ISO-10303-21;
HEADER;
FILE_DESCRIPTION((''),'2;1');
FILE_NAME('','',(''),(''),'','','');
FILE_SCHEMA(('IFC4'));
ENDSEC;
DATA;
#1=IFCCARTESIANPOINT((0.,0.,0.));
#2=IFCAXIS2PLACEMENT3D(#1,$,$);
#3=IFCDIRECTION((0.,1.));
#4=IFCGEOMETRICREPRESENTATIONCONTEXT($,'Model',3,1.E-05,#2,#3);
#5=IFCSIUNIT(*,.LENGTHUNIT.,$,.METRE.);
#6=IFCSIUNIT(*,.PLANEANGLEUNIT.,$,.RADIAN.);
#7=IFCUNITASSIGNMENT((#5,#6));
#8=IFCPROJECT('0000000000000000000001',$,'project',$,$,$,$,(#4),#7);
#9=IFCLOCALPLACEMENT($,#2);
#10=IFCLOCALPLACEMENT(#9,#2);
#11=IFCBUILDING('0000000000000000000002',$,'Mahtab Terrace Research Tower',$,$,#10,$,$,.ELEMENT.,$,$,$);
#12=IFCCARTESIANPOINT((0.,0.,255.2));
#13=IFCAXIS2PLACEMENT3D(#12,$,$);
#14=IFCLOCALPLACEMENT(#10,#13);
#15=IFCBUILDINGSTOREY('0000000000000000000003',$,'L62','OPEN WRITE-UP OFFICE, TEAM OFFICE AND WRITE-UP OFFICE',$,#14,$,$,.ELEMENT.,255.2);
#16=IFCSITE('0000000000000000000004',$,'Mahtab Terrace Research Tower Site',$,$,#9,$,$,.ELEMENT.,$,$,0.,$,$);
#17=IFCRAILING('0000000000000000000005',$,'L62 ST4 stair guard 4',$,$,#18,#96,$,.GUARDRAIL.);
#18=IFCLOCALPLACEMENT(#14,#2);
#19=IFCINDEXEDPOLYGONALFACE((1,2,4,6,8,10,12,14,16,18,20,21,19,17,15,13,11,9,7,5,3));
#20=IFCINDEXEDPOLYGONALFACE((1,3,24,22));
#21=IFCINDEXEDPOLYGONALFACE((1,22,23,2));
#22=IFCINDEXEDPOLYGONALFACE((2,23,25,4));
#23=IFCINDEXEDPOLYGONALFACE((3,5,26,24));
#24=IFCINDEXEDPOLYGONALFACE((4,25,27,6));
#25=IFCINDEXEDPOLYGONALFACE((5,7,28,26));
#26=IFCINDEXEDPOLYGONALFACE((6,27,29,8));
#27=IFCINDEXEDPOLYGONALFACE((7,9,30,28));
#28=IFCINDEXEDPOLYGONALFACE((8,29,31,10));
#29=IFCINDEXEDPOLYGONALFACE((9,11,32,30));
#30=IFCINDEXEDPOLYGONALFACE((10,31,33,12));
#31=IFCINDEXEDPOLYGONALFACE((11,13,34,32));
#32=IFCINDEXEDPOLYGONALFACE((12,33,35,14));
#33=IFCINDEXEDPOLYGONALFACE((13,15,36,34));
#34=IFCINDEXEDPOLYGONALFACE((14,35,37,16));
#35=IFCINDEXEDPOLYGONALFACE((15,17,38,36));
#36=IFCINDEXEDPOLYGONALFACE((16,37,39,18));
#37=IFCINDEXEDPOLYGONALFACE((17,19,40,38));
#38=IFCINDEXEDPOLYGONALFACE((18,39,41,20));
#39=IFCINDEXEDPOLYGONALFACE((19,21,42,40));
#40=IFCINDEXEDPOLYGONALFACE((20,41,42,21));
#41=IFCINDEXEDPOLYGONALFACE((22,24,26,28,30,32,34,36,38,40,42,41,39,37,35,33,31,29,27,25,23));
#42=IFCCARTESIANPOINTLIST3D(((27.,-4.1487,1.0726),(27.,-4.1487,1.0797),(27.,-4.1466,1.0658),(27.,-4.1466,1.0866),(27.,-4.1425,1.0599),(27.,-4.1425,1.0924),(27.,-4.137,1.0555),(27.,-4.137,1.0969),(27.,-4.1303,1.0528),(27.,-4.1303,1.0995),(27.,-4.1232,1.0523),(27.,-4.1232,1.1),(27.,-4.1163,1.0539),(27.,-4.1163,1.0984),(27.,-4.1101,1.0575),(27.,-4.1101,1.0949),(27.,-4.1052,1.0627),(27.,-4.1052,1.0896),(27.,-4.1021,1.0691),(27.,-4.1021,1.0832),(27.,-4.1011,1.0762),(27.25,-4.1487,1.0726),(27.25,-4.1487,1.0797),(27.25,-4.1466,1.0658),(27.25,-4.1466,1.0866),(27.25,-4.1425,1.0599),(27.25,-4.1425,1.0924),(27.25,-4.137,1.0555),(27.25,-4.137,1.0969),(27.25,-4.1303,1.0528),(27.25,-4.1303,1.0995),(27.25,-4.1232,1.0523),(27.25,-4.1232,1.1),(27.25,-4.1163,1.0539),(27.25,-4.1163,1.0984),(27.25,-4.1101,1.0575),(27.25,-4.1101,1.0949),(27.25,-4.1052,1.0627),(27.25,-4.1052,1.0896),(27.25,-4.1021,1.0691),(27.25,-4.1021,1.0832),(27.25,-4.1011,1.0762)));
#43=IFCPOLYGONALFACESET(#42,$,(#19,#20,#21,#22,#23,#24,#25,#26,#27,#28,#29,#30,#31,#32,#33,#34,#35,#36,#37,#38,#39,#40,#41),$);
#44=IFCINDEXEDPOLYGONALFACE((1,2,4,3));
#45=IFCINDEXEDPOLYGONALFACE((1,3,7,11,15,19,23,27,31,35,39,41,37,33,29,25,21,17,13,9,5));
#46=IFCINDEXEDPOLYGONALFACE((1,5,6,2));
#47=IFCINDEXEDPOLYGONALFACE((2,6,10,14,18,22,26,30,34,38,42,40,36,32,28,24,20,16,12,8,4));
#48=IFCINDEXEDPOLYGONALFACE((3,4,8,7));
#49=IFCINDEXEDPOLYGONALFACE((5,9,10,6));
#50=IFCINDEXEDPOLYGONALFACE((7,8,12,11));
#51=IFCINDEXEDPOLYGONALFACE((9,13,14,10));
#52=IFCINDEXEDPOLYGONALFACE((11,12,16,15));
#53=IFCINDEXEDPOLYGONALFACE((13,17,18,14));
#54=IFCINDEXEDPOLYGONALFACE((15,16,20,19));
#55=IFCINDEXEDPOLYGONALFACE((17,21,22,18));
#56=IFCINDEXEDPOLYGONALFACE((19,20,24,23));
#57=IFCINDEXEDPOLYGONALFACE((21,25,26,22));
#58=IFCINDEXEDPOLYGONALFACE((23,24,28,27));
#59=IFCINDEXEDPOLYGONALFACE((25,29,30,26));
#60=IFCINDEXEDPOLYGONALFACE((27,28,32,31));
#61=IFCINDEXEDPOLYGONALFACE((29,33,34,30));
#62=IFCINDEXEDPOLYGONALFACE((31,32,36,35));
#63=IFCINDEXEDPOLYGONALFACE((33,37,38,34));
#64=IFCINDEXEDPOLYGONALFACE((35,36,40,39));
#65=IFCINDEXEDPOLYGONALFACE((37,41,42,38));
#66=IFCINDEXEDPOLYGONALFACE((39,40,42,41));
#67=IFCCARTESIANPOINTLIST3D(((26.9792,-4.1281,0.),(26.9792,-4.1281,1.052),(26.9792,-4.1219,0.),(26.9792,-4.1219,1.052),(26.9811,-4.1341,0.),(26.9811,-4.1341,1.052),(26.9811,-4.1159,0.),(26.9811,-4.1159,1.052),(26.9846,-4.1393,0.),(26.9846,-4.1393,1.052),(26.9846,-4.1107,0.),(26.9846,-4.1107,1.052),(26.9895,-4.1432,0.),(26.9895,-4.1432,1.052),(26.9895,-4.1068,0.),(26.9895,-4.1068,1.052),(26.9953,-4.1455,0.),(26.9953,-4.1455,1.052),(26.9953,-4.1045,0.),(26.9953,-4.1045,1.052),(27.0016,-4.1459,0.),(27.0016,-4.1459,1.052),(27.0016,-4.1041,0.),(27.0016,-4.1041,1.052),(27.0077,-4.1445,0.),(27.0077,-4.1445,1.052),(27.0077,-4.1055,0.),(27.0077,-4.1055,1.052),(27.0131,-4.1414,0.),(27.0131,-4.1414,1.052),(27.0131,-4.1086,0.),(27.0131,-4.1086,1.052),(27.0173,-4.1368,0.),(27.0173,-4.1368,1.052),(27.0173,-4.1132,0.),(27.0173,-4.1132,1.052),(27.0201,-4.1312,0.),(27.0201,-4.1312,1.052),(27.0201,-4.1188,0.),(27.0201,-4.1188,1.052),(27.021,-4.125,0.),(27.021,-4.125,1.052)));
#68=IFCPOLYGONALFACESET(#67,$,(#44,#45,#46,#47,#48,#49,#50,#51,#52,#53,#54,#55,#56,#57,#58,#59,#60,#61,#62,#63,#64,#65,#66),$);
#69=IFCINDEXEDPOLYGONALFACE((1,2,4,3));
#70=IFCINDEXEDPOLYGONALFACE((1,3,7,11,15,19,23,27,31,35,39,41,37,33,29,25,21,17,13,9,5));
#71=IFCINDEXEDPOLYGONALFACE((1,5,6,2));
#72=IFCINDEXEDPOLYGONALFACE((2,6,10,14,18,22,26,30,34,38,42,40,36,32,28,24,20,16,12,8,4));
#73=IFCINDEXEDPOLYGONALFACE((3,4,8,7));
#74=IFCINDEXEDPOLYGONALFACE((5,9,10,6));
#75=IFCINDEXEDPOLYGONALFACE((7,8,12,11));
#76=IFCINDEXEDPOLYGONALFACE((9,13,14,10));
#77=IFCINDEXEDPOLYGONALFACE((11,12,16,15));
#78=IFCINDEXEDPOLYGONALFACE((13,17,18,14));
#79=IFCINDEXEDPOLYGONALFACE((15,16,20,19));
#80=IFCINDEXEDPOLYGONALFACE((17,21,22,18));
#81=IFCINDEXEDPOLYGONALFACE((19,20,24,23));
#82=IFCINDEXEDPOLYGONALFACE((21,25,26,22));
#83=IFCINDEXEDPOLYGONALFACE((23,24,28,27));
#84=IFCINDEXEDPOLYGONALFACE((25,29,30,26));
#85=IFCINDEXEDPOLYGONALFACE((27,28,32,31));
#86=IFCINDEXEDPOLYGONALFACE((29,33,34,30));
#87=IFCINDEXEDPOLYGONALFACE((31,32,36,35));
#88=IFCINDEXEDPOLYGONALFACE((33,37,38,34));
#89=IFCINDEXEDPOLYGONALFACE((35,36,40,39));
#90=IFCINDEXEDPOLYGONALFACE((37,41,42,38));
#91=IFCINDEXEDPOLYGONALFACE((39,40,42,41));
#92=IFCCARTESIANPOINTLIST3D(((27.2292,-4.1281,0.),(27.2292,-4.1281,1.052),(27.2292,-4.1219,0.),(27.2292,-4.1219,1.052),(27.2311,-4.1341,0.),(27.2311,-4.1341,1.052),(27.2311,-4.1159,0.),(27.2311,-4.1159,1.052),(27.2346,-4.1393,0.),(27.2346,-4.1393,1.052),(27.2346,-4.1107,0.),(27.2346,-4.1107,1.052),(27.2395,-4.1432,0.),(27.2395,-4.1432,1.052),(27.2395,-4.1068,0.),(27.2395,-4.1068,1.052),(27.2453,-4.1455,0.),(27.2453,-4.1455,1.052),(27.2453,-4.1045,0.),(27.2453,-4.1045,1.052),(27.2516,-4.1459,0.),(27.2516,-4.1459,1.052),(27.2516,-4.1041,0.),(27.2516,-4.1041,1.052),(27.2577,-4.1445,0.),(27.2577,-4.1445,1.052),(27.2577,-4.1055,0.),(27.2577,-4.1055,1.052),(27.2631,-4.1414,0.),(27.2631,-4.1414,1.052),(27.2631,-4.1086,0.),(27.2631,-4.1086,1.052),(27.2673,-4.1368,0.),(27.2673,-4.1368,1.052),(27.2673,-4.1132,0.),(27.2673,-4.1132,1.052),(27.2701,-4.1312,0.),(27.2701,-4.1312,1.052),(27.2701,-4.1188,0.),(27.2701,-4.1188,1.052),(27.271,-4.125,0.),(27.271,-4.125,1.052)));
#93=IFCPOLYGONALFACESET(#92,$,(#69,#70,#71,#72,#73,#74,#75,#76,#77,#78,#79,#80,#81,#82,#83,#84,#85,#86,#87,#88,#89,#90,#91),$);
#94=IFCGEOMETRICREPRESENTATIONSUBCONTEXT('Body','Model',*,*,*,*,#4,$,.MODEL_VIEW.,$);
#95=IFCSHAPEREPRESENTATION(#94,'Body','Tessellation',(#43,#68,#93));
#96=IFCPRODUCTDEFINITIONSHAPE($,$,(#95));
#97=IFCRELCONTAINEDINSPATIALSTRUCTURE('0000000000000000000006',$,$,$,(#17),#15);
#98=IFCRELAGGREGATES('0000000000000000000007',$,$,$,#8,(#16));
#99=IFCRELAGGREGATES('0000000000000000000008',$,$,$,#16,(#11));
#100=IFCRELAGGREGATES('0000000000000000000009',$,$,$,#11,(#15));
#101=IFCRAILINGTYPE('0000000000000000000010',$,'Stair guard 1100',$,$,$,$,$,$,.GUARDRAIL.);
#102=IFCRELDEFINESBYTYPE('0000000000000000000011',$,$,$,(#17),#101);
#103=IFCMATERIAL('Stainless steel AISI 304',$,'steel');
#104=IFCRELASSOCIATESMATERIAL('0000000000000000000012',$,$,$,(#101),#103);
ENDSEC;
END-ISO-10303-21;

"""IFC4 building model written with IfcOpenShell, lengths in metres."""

from ifc_helpers import new_model, si_unit, direction, frame, origin, origin_2d, place, context, subcontext, project, spatial, circle, extrude, material, type_object, element, save


model = new_model("IFC4")

# Units and contexts
model_context = context("Model", 3, precision=1e-05, world=origin(), true_north=direction((0.0, 1.0)))
body_context = subcontext(model_context, "Body", "Model", "MODEL_VIEW")
ifc_project = project(units=[si_unit("LENGTHUNIT", "METRE"), si_unit("PLANEANGLEUNIT", "RADIAN")], contexts=[model_context])

# Site, building, storey
site_placement = place(None, origin())
site = spatial("IfcSite", under=ifc_project, at=site_placement, Name="Mahtab Terrace Research Tower Site", CompositionType="ELEMENT", RefElevation=0.0)
building_placement = place(site_placement, origin())
building = spatial("IfcBuilding", under=site, at=building_placement, Name="Mahtab Terrace Research Tower", CompositionType="ELEMENT")
storey_placement = place(building_placement, frame((0.0, 0.0, 255.2)))
storey = spatial("IfcBuildingStorey", under=building, at=storey_placement, Name="L62", Description="OPEN WRITE-UP OFFICE, TEAM OFFICE AND WRITE-UP OFFICE", CompositionType="ELEMENT", Elevation=255.2)

# Railing
ifc_material_1 = material(Name="Stainless steel AISI 304", Category="steel")
railing_type_1 = type_object("IfcRailingType", Name="Stair guard 1100", PredefinedType="GUARDRAIL", material=ifc_material_1)
railing_1_placement = place(storey_placement, frame((27.0, -4.125, 0.0)))
element("IfcRailing", 1, at=railing_1_placement, inside=storey, type_object=railing_type_1, Name="L62 ST4 stair guard 4", PredefinedType="GUARDRAIL", context=body_context, shape_type="SweptSolid", body=[
    extrude(circle(Radius=0.0239, at=origin_2d()), frame((0.0, 0.0, 1.0762), z_axis=(1.0, 0.0, 0.0), x_axis=(0.0, 1.0, 0.0)), (0.0, 0.0, 1.0), 0.25),
    extrude(circle(Radius=0.021, at=origin_2d()), origin(), (0.0, 0.0, 1.0), 1.052),
    extrude(circle(Radius=0.021, at=origin_2d()), frame((0.25, 0.0, 0.0)), (0.0, 0.0, 1.0), 1.052),
])

save(model, "model.ifc")
